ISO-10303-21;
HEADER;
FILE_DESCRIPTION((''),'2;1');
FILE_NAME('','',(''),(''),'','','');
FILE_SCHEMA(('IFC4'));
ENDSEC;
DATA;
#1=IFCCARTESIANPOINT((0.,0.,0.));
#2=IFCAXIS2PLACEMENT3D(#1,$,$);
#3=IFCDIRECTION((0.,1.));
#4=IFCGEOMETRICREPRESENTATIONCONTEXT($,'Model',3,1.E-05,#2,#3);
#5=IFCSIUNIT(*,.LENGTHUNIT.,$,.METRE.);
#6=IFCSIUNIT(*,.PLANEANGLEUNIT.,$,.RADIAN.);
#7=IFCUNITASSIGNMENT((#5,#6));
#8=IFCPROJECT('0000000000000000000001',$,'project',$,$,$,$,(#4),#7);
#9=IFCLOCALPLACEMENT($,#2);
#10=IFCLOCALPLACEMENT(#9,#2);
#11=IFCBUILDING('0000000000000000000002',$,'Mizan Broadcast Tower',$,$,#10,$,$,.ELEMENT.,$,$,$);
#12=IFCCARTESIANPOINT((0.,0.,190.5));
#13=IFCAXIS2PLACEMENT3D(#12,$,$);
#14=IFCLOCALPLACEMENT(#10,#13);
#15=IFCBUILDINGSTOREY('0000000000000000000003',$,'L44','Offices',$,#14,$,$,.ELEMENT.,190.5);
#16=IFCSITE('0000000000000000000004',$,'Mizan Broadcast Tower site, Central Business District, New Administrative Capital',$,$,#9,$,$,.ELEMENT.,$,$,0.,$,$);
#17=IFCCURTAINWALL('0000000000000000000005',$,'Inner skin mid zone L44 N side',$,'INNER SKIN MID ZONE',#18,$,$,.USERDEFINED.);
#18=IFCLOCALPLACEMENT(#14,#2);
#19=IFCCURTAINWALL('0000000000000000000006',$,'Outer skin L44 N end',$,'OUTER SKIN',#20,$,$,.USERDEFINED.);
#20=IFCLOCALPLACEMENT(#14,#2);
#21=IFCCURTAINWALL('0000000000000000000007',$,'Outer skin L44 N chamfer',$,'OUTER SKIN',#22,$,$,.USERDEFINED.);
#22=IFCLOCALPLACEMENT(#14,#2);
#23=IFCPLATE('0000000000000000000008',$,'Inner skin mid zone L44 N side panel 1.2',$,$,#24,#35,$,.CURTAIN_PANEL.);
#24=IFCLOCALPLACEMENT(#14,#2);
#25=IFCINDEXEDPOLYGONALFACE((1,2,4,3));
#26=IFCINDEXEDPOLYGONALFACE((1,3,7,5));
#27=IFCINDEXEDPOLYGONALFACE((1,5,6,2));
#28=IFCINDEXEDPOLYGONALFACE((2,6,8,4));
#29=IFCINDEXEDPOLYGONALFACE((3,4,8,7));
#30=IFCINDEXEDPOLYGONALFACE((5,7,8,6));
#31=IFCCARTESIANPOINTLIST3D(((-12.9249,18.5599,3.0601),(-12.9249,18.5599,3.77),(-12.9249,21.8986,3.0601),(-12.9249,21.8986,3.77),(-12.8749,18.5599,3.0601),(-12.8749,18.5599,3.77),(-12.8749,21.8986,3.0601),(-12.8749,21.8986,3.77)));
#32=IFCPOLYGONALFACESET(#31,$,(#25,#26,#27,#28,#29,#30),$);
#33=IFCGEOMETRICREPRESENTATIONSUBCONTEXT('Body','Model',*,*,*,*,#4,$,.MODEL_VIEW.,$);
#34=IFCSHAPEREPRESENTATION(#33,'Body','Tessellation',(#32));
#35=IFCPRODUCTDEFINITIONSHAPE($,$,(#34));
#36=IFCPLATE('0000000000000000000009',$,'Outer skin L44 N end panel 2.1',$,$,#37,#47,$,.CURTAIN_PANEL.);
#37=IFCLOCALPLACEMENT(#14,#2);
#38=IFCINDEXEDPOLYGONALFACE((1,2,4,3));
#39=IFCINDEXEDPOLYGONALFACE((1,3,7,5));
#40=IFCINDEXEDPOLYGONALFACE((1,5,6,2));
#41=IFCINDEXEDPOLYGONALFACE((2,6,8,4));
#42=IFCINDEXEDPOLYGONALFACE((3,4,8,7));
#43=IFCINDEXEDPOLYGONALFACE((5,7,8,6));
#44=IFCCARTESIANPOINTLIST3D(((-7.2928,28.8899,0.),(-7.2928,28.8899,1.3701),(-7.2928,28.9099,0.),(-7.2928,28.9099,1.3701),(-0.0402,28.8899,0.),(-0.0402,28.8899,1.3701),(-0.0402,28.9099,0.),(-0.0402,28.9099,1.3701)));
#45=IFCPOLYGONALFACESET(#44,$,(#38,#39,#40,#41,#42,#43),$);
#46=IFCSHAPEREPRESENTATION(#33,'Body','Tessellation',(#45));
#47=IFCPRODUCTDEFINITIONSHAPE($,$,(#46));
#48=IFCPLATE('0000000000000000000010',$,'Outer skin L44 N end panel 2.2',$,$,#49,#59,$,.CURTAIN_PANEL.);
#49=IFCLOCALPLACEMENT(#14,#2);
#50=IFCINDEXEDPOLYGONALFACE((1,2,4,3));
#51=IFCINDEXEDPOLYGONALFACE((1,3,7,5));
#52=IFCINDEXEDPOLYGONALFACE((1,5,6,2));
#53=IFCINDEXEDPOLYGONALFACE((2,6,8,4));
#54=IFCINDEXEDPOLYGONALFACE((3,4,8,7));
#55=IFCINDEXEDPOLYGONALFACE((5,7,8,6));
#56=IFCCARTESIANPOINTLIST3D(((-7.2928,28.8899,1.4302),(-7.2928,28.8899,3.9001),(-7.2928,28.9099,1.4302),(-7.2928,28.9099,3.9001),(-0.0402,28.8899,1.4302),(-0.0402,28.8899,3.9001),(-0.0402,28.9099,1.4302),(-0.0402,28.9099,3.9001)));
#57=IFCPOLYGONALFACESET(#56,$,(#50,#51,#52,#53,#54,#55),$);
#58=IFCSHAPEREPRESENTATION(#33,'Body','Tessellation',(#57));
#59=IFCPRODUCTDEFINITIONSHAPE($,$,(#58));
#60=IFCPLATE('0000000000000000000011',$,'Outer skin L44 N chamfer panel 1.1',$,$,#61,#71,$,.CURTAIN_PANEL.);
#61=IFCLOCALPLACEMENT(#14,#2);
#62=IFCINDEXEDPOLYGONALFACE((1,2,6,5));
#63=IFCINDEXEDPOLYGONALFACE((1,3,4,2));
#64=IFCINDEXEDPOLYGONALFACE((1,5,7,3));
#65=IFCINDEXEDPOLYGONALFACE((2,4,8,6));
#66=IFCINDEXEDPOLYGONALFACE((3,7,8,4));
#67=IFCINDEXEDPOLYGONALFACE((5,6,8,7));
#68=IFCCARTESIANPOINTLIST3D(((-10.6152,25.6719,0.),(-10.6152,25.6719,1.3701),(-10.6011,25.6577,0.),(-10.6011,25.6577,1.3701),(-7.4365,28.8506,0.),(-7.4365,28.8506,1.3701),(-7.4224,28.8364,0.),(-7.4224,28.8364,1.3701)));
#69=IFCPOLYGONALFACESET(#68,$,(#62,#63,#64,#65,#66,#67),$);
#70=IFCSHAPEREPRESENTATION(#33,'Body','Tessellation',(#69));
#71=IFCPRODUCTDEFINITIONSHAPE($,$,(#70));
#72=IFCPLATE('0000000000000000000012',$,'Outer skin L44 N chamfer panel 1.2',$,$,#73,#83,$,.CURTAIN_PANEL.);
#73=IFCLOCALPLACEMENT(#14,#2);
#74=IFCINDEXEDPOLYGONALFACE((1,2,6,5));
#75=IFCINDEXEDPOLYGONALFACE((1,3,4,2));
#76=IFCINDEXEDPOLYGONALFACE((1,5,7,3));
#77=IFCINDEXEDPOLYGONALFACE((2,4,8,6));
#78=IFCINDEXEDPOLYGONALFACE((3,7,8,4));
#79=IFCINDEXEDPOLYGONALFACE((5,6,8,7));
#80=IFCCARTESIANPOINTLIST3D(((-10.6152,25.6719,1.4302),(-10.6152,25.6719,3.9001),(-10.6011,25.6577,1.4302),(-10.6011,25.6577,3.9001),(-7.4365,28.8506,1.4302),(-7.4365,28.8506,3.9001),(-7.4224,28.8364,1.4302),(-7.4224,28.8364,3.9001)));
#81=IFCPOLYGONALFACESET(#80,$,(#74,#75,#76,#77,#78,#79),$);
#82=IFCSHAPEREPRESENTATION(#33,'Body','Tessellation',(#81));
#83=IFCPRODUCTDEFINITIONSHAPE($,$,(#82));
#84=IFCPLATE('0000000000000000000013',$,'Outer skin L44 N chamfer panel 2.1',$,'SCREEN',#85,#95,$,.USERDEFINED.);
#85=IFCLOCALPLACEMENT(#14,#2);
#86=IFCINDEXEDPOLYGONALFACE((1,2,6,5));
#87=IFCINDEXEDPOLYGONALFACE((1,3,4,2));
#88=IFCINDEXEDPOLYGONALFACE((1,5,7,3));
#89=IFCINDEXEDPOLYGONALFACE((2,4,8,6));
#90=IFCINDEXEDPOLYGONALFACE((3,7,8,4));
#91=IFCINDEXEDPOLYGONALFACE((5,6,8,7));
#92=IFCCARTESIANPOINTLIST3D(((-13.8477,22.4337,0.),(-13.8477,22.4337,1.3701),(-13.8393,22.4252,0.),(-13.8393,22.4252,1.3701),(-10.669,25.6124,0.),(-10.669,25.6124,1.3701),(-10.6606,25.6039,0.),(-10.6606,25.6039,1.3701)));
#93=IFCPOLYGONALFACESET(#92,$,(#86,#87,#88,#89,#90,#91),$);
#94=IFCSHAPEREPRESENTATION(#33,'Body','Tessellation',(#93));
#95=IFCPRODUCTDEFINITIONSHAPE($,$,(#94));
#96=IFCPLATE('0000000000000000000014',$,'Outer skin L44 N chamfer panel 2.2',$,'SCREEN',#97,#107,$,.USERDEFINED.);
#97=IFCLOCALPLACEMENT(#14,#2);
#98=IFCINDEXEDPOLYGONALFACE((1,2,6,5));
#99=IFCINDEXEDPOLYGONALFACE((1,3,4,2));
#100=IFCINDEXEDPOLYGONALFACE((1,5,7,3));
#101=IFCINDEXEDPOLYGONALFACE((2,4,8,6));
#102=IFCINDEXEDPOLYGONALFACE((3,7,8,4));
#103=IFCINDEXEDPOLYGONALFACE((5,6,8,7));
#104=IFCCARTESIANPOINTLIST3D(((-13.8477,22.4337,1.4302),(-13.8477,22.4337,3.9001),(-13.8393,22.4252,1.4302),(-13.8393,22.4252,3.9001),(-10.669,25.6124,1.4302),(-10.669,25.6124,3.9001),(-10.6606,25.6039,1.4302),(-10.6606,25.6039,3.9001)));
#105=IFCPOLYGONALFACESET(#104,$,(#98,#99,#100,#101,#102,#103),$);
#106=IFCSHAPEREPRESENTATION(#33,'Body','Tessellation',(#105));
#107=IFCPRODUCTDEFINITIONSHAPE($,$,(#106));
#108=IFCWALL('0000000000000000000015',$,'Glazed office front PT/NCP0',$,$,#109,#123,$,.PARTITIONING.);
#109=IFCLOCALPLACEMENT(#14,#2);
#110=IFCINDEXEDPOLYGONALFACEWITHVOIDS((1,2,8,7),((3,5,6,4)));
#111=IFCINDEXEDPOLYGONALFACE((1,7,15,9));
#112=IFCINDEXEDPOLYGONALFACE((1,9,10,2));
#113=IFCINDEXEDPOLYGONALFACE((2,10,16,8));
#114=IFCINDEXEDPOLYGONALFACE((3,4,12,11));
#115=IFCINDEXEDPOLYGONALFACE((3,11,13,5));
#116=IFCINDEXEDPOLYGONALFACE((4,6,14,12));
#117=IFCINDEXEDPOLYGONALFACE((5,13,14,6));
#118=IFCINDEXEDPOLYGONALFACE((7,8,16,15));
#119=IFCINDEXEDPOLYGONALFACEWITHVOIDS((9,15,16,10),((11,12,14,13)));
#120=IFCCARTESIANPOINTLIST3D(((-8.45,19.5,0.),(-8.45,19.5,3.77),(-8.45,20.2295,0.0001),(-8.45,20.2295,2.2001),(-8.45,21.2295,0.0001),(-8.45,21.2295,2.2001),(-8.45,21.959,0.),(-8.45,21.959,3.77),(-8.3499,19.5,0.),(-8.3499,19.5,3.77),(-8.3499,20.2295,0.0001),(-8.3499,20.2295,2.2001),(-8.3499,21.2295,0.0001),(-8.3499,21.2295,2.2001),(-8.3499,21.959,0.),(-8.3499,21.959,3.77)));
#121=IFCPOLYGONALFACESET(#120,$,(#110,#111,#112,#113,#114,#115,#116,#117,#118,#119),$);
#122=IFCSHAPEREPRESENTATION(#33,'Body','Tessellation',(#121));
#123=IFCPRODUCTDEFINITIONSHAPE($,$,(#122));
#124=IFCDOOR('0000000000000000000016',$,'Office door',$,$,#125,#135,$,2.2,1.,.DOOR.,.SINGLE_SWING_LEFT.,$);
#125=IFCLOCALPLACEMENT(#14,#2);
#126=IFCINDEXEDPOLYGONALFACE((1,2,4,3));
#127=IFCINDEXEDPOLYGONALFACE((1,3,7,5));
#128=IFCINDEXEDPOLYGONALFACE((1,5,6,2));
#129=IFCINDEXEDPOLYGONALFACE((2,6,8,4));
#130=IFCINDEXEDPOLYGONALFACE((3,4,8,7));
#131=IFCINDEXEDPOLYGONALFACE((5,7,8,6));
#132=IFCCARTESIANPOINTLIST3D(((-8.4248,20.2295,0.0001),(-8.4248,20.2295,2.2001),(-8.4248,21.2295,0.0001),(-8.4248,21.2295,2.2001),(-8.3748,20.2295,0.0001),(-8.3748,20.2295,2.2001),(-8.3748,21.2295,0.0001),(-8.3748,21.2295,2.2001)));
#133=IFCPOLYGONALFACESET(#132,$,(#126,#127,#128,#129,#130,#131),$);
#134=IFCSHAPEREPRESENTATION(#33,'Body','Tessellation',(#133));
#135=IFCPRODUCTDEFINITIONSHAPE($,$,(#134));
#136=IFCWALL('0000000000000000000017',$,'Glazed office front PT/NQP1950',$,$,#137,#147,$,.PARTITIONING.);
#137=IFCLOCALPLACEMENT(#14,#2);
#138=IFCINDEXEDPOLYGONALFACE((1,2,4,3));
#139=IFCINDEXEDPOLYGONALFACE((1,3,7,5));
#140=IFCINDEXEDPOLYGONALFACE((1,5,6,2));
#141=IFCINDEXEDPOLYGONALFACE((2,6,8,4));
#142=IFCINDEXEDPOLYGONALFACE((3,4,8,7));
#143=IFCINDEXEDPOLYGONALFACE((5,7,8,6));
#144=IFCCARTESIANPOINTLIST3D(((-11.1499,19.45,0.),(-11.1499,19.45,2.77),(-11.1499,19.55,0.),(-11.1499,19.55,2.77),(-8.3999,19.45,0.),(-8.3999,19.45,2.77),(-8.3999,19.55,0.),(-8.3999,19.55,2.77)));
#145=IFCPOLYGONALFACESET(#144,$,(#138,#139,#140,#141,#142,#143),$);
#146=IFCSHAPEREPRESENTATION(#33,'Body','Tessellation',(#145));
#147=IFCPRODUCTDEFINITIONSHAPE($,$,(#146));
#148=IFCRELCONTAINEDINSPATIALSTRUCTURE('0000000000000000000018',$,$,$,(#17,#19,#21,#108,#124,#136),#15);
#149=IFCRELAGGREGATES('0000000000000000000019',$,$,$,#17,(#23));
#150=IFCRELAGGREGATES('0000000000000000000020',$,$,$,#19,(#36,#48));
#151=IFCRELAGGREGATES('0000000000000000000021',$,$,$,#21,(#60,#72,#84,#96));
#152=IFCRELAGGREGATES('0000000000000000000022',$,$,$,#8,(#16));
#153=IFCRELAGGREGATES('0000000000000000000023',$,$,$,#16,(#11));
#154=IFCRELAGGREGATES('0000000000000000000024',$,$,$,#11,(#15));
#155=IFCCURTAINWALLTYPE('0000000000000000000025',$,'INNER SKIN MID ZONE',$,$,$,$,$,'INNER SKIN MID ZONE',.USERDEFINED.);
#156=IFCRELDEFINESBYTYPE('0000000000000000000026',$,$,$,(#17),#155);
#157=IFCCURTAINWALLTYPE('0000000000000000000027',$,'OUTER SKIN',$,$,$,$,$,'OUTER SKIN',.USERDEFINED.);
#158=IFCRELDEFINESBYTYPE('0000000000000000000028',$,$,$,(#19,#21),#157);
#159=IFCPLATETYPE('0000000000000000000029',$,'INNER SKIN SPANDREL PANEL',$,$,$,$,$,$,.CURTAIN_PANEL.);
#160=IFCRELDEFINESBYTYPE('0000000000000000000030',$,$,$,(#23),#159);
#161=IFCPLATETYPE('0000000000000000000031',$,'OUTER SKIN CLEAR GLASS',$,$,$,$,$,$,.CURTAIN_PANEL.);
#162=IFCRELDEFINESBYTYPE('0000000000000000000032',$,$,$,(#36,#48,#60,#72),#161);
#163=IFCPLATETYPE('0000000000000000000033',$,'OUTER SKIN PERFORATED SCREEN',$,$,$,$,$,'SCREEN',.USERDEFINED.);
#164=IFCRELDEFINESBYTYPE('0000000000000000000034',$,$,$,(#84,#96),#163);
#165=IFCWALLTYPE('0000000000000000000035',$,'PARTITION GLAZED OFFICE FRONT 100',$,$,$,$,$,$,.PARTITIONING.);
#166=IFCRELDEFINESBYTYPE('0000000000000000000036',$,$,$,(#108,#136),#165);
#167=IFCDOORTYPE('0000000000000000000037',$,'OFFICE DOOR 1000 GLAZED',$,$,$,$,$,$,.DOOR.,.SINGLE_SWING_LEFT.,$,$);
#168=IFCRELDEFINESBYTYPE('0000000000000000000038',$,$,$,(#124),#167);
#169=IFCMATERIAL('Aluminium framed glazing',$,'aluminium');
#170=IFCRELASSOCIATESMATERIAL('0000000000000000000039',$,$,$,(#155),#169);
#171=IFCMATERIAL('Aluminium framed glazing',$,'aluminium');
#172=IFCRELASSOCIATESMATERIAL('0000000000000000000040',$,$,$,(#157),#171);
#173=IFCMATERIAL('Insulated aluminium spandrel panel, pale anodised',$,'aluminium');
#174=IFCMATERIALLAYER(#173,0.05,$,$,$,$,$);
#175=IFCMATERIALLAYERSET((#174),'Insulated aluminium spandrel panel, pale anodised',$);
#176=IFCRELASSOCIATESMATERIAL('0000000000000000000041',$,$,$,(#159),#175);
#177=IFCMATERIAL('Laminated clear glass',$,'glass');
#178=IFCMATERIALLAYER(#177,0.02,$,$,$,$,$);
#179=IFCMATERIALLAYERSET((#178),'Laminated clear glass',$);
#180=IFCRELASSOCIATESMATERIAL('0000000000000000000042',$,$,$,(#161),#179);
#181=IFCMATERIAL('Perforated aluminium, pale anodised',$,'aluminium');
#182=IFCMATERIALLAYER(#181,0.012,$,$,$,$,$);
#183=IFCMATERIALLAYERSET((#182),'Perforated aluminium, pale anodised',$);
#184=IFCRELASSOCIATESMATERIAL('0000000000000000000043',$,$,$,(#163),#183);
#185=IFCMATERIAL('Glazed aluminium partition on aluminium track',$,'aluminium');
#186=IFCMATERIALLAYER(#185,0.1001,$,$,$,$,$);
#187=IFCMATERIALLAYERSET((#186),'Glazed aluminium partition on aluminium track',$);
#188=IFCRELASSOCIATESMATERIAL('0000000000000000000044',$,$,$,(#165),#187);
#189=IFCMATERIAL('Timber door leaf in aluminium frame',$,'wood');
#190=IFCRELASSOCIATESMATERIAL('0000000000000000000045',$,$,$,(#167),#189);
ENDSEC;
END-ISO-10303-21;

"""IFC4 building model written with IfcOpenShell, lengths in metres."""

from ifc_helpers import new_model, si_unit, direction, frame, frame_2d, origin, origin_2d, place, context, subcontext, project, spatial, rectangle, extrude, material, layer, layer_set, type_object, element, fill, aggregate, save


model = new_model("IFC4")

# Units and contexts
model_context = context("Model", 3, precision=1e-05, world=origin(), true_north=direction((0.0, 1.0)))
body_context = subcontext(model_context, "Body", "Model", "MODEL_VIEW")
ifc_project = project(units=[si_unit("LENGTHUNIT", "METRE"), si_unit("PLANEANGLEUNIT", "RADIAN")], contexts=[model_context])

# Site, building, storey
site_placement = place(None, origin())
site = spatial("IfcSite", under=ifc_project, at=site_placement, Name="Mizan Broadcast Tower site, Central Business District, New Administrative Capital", CompositionType="ELEMENT", RefElevation=0.0)
building_placement = place(site_placement, origin())
building = spatial("IfcBuilding", under=site, at=building_placement, Name="Mizan Broadcast Tower", CompositionType="ELEMENT")
storey_placement = place(building_placement, frame((0.0, 0.0, 190.5)))
storey = spatial("IfcBuildingStorey", under=building, at=storey_placement, Name="L44", Description="Offices", CompositionType="ELEMENT", Elevation=190.5)

# Shared definitions
ifc_material_1 = material(Name="Aluminium framed glazing", Category="aluminium")
curtain_wall_type_1 = type_object("IfcCurtainWallType", Name="INNER SKIN MID ZONE", ElementType="INNER SKIN MID ZONE", PredefinedType="USERDEFINED", material=ifc_material_1)

# Curtain walls
curtain_wall_1_placement = place(storey_placement, origin())
curtain_wall_1 = element("IfcCurtainWall", 1, at=curtain_wall_1_placement, inside=storey, type_object=curtain_wall_type_1, Name="Inner skin mid zone L44 N side", ObjectType="INNER SKIN MID ZONE", PredefinedType="USERDEFINED")
ifc_material_2 = material(Name="Aluminium framed glazing", Category="aluminium")
curtain_wall_type_2 = type_object("IfcCurtainWallType", Name="OUTER SKIN", ElementType="OUTER SKIN", PredefinedType="USERDEFINED", material=ifc_material_2)
curtain_wall_2_placement = place(storey_placement, origin())
curtain_wall_2 = element("IfcCurtainWall", 2, at=curtain_wall_2_placement, inside=storey, type_object=curtain_wall_type_2, Name="Outer skin L44 N end", ObjectType="OUTER SKIN", PredefinedType="USERDEFINED")
curtain_wall_3_placement = place(storey_placement, origin())
curtain_wall_3 = element("IfcCurtainWall", 3, at=curtain_wall_3_placement, inside=storey, type_object=curtain_wall_type_2, Name="Outer skin L44 N chamfer", ObjectType="OUTER SKIN", PredefinedType="USERDEFINED")

# Plates
ifc_material_3 = material(Name="Insulated aluminium spandrel panel, pale anodised", Category="aluminium")
ifc_layer_1 = layer(ifc_material_3, 0.05)
ifc_layer_set_1 = layer_set([ifc_layer_1], Name="Insulated aluminium spandrel panel, pale anodised")
plate_type_1 = type_object("IfcPlateType", Name="INNER SKIN SPANDREL PANEL", PredefinedType="CURTAIN_PANEL", material=ifc_layer_set_1)
plate_1_placement = place(storey_placement, frame((-12.8999, 20.2292, 3.0601), z_axis=(0.0, 0.0, 1.0), x_axis=(0.0, -1.0, 0.0)))
plate_1 = element("IfcPlate", 4, at=plate_1_placement, type_object=plate_type_1, Name="Inner skin mid zone L44 N side panel 1.2", PredefinedType="CURTAIN_PANEL", context=body_context, shape_type="SweptSolid", body=[
    extrude(rectangle(XDim=3.3386, YDim=0.05, at=origin_2d()), origin(), (0.0, 0.0, 1.0), 0.71),
])
aggregate(curtain_wall_1, [plate_1])
ifc_material_4 = material(Name="Laminated clear glass", Category="glass")
ifc_layer_2 = layer(ifc_material_4, 0.02)
ifc_layer_set_2 = layer_set([ifc_layer_2], Name="Laminated clear glass")
plate_type_2 = type_object("IfcPlateType", Name="OUTER SKIN CLEAR GLASS", PredefinedType="CURTAIN_PANEL", material=ifc_layer_set_2)
plate_2_placement = place(storey_placement, frame((-3.6665, 28.8999, 0.0), z_axis=(0.0, 0.0, 1.0), x_axis=(-1.0, 0.0, 0.0)))
plate_2 = element("IfcPlate", 5, at=plate_2_placement, type_object=plate_type_2, Name="Outer skin L44 N end panel 2.1", PredefinedType="CURTAIN_PANEL", context=body_context, shape_type="SweptSolid", body=[
    extrude(rectangle(XDim=7.2527, YDim=0.02, at=origin_2d()), origin(), (0.0, 0.0, 1.0), 1.3701),
])
plate_3_placement = place(storey_placement, frame((-3.6665, 28.8999, 1.4302), z_axis=(0.0, 0.0, 1.0), x_axis=(-1.0, 0.0, 0.0)))
plate_3 = element("IfcPlate", 6, at=plate_3_placement, type_object=plate_type_2, Name="Outer skin L44 N end panel 2.2", PredefinedType="CURTAIN_PANEL", context=body_context, shape_type="SweptSolid", body=[
    extrude(rectangle(XDim=7.2527, YDim=0.02, at=origin_2d()), origin(), (0.0, 0.0, 1.0), 2.47),
])
aggregate(curtain_wall_2, [plate_2, plate_3])
plate_4_placement = place(storey_placement, frame((-9.0188, 27.2542, 0.0), z_axis=(0.0, 0.0, 1.0), x_axis=(-0.707107, -0.707107, 0.0)))
plate_4 = element("IfcPlate", 7, at=plate_4_placement, type_object=plate_type_2, Name="Outer skin L44 N chamfer panel 1.1", PredefinedType="CURTAIN_PANEL", context=body_context, shape_type="SweptSolid", body=[
    extrude(rectangle(XDim=4.4954, YDim=0.02, at=origin_2d()), origin(), (0.0, 0.0, 1.0), 1.3701),
])
plate_5_placement = place(storey_placement, frame((-9.0188, 27.2542, 1.4302), z_axis=(0.0, 0.0, 1.0), x_axis=(-0.707107, -0.707107, 0.0)))
plate_5 = element("IfcPlate", 8, at=plate_5_placement, type_object=plate_type_2, Name="Outer skin L44 N chamfer panel 1.2", PredefinedType="CURTAIN_PANEL", context=body_context, shape_type="SweptSolid", body=[
    extrude(rectangle(XDim=4.4954, YDim=0.02, at=origin_2d()), origin(), (0.0, 0.0, 1.0), 2.47),
])
ifc_material_5 = material(Name="Perforated aluminium, pale anodised", Category="aluminium")
ifc_layer_3 = layer(ifc_material_5, 0.012)
ifc_layer_set_3 = layer_set([ifc_layer_3], Name="Perforated aluminium, pale anodised")
plate_type_3 = type_object("IfcPlateType", Name="OUTER SKIN PERFORATED SCREEN", ElementType="SCREEN", PredefinedType="USERDEFINED", material=ifc_layer_set_3)
plate_6_placement = place(storey_placement, frame((-12.2542, 24.0188, 0.0), z_axis=(0.0, 0.0, 1.0), x_axis=(-0.707107, -0.707107, 0.0)))
plate_6 = element("IfcPlate", 9, at=plate_6_placement, type_object=plate_type_3, Name="Outer skin L44 N chamfer panel 2.1", ObjectType="SCREEN", PredefinedType="USERDEFINED", context=body_context, shape_type="SweptSolid", body=[
    extrude(rectangle(XDim=4.4954, YDim=0.012, at=origin_2d()), origin(), (0.0, 0.0, 1.0), 1.3701),
])
plate_7_placement = place(storey_placement, frame((-12.2542, 24.0188, 1.4302), z_axis=(0.0, 0.0, 1.0), x_axis=(-0.707107, -0.707107, 0.0)))
plate_7 = element("IfcPlate", 10, at=plate_7_placement, type_object=plate_type_3, Name="Outer skin L44 N chamfer panel 2.2", ObjectType="SCREEN", PredefinedType="USERDEFINED", context=body_context, shape_type="SweptSolid", body=[
    extrude(rectangle(XDim=4.4954, YDim=0.012, at=origin_2d()), origin(), (0.0, 0.0, 1.0), 2.47),
])
aggregate(curtain_wall_3, [plate_4, plate_5, plate_6, plate_7])

# Wall, opening, door
ifc_material_6 = material(Name="Glazed aluminium partition on aluminium track", Category="aluminium")
ifc_layer_4 = layer(ifc_material_6, 0.1001)
ifc_layer_set_4 = layer_set([ifc_layer_4], Name="Glazed aluminium partition on aluminium track")
wall_type = type_object("IfcWallType", Name="PARTITION GLAZED OFFICE FRONT 100", PredefinedType="PARTITIONING", material=ifc_layer_set_4)
wall_1_placement = place(storey_placement, frame((-8.3999, 19.5, 0.0), z_axis=(0.0, 0.0, 1.0), x_axis=(0.0, 1.0, 0.0)))
wall_1 = element("IfcWall", 11, at=wall_1_placement, inside=storey, type_object=wall_type, Name="Glazed office front PT/NCP0", PredefinedType="PARTITIONING", context=body_context, shape_type="SweptSolid", body=[
    extrude(rectangle(XDim=2.459, YDim=0.1001, at=frame_2d((1.2295, 0.0))), origin(), (0.0, 0.0, 1.0), 3.77),
])
opening_placement = place(wall_1_placement, frame((0.7295, 0.0, 0.0)))
opening = element("IfcOpeningElement", 12, at=opening_placement, cuts=wall_1, PredefinedType="OPENING", context=body_context, shape_type="SweptSolid", body=[
    extrude(rectangle(XDim=1.0, YDim=2.2, at=frame_2d((0.5, 1.1001))), frame((0.0, 0.0601, 0.0), z_axis=(0.0, -1.0, 0.0), x_axis=(1.0, 0.0, 0.0)), (0.0, 0.0, 1.0), 0.1201),
])
ifc_material_7 = material(Name="Timber door leaf in aluminium frame", Category="wood")
door_type = type_object("IfcDoorType", Name="OFFICE DOOR 1000 GLAZED", OperationType="SINGLE_SWING_LEFT", PredefinedType="DOOR", material=ifc_material_7)
door_placement = place(opening_placement, origin())
door = element("IfcDoor", 13, at=door_placement, inside=storey, type_object=door_type, Name="Office door", OperationType="SINGLE_SWING_LEFT", OverallHeight=2.2, OverallWidth=1.0, PredefinedType="DOOR", context=body_context, shape_type="SweptSolid", body=[
    extrude(rectangle(XDim=1.0, YDim=2.2, at=frame_2d((0.5, 1.1001))), frame((0.0, 0.0249, 0.0), z_axis=(0.0, -1.0, 0.0), x_axis=(1.0, 0.0, 0.0)), (0.0, 0.0, 1.0), 0.05),
])
fill(opening, door)

# Wall
wall_2_placement = place(storey_placement, frame((-8.3999, 19.5, 0.0), z_axis=(0.0, 0.0, 1.0), x_axis=(-1.0, 0.0, 0.0)))
element("IfcWall", 14, at=wall_2_placement, inside=storey, type_object=wall_type, Name="Glazed office front PT/NQP1950", PredefinedType="PARTITIONING", context=body_context, shape_type="SweptSolid", body=[
    extrude(rectangle(XDim=2.75, YDim=0.1001, at=frame_2d((1.375, 0.0))), origin(), (0.0, 0.0, 1.0), 2.77),
])

save(model, "model.ifc")
